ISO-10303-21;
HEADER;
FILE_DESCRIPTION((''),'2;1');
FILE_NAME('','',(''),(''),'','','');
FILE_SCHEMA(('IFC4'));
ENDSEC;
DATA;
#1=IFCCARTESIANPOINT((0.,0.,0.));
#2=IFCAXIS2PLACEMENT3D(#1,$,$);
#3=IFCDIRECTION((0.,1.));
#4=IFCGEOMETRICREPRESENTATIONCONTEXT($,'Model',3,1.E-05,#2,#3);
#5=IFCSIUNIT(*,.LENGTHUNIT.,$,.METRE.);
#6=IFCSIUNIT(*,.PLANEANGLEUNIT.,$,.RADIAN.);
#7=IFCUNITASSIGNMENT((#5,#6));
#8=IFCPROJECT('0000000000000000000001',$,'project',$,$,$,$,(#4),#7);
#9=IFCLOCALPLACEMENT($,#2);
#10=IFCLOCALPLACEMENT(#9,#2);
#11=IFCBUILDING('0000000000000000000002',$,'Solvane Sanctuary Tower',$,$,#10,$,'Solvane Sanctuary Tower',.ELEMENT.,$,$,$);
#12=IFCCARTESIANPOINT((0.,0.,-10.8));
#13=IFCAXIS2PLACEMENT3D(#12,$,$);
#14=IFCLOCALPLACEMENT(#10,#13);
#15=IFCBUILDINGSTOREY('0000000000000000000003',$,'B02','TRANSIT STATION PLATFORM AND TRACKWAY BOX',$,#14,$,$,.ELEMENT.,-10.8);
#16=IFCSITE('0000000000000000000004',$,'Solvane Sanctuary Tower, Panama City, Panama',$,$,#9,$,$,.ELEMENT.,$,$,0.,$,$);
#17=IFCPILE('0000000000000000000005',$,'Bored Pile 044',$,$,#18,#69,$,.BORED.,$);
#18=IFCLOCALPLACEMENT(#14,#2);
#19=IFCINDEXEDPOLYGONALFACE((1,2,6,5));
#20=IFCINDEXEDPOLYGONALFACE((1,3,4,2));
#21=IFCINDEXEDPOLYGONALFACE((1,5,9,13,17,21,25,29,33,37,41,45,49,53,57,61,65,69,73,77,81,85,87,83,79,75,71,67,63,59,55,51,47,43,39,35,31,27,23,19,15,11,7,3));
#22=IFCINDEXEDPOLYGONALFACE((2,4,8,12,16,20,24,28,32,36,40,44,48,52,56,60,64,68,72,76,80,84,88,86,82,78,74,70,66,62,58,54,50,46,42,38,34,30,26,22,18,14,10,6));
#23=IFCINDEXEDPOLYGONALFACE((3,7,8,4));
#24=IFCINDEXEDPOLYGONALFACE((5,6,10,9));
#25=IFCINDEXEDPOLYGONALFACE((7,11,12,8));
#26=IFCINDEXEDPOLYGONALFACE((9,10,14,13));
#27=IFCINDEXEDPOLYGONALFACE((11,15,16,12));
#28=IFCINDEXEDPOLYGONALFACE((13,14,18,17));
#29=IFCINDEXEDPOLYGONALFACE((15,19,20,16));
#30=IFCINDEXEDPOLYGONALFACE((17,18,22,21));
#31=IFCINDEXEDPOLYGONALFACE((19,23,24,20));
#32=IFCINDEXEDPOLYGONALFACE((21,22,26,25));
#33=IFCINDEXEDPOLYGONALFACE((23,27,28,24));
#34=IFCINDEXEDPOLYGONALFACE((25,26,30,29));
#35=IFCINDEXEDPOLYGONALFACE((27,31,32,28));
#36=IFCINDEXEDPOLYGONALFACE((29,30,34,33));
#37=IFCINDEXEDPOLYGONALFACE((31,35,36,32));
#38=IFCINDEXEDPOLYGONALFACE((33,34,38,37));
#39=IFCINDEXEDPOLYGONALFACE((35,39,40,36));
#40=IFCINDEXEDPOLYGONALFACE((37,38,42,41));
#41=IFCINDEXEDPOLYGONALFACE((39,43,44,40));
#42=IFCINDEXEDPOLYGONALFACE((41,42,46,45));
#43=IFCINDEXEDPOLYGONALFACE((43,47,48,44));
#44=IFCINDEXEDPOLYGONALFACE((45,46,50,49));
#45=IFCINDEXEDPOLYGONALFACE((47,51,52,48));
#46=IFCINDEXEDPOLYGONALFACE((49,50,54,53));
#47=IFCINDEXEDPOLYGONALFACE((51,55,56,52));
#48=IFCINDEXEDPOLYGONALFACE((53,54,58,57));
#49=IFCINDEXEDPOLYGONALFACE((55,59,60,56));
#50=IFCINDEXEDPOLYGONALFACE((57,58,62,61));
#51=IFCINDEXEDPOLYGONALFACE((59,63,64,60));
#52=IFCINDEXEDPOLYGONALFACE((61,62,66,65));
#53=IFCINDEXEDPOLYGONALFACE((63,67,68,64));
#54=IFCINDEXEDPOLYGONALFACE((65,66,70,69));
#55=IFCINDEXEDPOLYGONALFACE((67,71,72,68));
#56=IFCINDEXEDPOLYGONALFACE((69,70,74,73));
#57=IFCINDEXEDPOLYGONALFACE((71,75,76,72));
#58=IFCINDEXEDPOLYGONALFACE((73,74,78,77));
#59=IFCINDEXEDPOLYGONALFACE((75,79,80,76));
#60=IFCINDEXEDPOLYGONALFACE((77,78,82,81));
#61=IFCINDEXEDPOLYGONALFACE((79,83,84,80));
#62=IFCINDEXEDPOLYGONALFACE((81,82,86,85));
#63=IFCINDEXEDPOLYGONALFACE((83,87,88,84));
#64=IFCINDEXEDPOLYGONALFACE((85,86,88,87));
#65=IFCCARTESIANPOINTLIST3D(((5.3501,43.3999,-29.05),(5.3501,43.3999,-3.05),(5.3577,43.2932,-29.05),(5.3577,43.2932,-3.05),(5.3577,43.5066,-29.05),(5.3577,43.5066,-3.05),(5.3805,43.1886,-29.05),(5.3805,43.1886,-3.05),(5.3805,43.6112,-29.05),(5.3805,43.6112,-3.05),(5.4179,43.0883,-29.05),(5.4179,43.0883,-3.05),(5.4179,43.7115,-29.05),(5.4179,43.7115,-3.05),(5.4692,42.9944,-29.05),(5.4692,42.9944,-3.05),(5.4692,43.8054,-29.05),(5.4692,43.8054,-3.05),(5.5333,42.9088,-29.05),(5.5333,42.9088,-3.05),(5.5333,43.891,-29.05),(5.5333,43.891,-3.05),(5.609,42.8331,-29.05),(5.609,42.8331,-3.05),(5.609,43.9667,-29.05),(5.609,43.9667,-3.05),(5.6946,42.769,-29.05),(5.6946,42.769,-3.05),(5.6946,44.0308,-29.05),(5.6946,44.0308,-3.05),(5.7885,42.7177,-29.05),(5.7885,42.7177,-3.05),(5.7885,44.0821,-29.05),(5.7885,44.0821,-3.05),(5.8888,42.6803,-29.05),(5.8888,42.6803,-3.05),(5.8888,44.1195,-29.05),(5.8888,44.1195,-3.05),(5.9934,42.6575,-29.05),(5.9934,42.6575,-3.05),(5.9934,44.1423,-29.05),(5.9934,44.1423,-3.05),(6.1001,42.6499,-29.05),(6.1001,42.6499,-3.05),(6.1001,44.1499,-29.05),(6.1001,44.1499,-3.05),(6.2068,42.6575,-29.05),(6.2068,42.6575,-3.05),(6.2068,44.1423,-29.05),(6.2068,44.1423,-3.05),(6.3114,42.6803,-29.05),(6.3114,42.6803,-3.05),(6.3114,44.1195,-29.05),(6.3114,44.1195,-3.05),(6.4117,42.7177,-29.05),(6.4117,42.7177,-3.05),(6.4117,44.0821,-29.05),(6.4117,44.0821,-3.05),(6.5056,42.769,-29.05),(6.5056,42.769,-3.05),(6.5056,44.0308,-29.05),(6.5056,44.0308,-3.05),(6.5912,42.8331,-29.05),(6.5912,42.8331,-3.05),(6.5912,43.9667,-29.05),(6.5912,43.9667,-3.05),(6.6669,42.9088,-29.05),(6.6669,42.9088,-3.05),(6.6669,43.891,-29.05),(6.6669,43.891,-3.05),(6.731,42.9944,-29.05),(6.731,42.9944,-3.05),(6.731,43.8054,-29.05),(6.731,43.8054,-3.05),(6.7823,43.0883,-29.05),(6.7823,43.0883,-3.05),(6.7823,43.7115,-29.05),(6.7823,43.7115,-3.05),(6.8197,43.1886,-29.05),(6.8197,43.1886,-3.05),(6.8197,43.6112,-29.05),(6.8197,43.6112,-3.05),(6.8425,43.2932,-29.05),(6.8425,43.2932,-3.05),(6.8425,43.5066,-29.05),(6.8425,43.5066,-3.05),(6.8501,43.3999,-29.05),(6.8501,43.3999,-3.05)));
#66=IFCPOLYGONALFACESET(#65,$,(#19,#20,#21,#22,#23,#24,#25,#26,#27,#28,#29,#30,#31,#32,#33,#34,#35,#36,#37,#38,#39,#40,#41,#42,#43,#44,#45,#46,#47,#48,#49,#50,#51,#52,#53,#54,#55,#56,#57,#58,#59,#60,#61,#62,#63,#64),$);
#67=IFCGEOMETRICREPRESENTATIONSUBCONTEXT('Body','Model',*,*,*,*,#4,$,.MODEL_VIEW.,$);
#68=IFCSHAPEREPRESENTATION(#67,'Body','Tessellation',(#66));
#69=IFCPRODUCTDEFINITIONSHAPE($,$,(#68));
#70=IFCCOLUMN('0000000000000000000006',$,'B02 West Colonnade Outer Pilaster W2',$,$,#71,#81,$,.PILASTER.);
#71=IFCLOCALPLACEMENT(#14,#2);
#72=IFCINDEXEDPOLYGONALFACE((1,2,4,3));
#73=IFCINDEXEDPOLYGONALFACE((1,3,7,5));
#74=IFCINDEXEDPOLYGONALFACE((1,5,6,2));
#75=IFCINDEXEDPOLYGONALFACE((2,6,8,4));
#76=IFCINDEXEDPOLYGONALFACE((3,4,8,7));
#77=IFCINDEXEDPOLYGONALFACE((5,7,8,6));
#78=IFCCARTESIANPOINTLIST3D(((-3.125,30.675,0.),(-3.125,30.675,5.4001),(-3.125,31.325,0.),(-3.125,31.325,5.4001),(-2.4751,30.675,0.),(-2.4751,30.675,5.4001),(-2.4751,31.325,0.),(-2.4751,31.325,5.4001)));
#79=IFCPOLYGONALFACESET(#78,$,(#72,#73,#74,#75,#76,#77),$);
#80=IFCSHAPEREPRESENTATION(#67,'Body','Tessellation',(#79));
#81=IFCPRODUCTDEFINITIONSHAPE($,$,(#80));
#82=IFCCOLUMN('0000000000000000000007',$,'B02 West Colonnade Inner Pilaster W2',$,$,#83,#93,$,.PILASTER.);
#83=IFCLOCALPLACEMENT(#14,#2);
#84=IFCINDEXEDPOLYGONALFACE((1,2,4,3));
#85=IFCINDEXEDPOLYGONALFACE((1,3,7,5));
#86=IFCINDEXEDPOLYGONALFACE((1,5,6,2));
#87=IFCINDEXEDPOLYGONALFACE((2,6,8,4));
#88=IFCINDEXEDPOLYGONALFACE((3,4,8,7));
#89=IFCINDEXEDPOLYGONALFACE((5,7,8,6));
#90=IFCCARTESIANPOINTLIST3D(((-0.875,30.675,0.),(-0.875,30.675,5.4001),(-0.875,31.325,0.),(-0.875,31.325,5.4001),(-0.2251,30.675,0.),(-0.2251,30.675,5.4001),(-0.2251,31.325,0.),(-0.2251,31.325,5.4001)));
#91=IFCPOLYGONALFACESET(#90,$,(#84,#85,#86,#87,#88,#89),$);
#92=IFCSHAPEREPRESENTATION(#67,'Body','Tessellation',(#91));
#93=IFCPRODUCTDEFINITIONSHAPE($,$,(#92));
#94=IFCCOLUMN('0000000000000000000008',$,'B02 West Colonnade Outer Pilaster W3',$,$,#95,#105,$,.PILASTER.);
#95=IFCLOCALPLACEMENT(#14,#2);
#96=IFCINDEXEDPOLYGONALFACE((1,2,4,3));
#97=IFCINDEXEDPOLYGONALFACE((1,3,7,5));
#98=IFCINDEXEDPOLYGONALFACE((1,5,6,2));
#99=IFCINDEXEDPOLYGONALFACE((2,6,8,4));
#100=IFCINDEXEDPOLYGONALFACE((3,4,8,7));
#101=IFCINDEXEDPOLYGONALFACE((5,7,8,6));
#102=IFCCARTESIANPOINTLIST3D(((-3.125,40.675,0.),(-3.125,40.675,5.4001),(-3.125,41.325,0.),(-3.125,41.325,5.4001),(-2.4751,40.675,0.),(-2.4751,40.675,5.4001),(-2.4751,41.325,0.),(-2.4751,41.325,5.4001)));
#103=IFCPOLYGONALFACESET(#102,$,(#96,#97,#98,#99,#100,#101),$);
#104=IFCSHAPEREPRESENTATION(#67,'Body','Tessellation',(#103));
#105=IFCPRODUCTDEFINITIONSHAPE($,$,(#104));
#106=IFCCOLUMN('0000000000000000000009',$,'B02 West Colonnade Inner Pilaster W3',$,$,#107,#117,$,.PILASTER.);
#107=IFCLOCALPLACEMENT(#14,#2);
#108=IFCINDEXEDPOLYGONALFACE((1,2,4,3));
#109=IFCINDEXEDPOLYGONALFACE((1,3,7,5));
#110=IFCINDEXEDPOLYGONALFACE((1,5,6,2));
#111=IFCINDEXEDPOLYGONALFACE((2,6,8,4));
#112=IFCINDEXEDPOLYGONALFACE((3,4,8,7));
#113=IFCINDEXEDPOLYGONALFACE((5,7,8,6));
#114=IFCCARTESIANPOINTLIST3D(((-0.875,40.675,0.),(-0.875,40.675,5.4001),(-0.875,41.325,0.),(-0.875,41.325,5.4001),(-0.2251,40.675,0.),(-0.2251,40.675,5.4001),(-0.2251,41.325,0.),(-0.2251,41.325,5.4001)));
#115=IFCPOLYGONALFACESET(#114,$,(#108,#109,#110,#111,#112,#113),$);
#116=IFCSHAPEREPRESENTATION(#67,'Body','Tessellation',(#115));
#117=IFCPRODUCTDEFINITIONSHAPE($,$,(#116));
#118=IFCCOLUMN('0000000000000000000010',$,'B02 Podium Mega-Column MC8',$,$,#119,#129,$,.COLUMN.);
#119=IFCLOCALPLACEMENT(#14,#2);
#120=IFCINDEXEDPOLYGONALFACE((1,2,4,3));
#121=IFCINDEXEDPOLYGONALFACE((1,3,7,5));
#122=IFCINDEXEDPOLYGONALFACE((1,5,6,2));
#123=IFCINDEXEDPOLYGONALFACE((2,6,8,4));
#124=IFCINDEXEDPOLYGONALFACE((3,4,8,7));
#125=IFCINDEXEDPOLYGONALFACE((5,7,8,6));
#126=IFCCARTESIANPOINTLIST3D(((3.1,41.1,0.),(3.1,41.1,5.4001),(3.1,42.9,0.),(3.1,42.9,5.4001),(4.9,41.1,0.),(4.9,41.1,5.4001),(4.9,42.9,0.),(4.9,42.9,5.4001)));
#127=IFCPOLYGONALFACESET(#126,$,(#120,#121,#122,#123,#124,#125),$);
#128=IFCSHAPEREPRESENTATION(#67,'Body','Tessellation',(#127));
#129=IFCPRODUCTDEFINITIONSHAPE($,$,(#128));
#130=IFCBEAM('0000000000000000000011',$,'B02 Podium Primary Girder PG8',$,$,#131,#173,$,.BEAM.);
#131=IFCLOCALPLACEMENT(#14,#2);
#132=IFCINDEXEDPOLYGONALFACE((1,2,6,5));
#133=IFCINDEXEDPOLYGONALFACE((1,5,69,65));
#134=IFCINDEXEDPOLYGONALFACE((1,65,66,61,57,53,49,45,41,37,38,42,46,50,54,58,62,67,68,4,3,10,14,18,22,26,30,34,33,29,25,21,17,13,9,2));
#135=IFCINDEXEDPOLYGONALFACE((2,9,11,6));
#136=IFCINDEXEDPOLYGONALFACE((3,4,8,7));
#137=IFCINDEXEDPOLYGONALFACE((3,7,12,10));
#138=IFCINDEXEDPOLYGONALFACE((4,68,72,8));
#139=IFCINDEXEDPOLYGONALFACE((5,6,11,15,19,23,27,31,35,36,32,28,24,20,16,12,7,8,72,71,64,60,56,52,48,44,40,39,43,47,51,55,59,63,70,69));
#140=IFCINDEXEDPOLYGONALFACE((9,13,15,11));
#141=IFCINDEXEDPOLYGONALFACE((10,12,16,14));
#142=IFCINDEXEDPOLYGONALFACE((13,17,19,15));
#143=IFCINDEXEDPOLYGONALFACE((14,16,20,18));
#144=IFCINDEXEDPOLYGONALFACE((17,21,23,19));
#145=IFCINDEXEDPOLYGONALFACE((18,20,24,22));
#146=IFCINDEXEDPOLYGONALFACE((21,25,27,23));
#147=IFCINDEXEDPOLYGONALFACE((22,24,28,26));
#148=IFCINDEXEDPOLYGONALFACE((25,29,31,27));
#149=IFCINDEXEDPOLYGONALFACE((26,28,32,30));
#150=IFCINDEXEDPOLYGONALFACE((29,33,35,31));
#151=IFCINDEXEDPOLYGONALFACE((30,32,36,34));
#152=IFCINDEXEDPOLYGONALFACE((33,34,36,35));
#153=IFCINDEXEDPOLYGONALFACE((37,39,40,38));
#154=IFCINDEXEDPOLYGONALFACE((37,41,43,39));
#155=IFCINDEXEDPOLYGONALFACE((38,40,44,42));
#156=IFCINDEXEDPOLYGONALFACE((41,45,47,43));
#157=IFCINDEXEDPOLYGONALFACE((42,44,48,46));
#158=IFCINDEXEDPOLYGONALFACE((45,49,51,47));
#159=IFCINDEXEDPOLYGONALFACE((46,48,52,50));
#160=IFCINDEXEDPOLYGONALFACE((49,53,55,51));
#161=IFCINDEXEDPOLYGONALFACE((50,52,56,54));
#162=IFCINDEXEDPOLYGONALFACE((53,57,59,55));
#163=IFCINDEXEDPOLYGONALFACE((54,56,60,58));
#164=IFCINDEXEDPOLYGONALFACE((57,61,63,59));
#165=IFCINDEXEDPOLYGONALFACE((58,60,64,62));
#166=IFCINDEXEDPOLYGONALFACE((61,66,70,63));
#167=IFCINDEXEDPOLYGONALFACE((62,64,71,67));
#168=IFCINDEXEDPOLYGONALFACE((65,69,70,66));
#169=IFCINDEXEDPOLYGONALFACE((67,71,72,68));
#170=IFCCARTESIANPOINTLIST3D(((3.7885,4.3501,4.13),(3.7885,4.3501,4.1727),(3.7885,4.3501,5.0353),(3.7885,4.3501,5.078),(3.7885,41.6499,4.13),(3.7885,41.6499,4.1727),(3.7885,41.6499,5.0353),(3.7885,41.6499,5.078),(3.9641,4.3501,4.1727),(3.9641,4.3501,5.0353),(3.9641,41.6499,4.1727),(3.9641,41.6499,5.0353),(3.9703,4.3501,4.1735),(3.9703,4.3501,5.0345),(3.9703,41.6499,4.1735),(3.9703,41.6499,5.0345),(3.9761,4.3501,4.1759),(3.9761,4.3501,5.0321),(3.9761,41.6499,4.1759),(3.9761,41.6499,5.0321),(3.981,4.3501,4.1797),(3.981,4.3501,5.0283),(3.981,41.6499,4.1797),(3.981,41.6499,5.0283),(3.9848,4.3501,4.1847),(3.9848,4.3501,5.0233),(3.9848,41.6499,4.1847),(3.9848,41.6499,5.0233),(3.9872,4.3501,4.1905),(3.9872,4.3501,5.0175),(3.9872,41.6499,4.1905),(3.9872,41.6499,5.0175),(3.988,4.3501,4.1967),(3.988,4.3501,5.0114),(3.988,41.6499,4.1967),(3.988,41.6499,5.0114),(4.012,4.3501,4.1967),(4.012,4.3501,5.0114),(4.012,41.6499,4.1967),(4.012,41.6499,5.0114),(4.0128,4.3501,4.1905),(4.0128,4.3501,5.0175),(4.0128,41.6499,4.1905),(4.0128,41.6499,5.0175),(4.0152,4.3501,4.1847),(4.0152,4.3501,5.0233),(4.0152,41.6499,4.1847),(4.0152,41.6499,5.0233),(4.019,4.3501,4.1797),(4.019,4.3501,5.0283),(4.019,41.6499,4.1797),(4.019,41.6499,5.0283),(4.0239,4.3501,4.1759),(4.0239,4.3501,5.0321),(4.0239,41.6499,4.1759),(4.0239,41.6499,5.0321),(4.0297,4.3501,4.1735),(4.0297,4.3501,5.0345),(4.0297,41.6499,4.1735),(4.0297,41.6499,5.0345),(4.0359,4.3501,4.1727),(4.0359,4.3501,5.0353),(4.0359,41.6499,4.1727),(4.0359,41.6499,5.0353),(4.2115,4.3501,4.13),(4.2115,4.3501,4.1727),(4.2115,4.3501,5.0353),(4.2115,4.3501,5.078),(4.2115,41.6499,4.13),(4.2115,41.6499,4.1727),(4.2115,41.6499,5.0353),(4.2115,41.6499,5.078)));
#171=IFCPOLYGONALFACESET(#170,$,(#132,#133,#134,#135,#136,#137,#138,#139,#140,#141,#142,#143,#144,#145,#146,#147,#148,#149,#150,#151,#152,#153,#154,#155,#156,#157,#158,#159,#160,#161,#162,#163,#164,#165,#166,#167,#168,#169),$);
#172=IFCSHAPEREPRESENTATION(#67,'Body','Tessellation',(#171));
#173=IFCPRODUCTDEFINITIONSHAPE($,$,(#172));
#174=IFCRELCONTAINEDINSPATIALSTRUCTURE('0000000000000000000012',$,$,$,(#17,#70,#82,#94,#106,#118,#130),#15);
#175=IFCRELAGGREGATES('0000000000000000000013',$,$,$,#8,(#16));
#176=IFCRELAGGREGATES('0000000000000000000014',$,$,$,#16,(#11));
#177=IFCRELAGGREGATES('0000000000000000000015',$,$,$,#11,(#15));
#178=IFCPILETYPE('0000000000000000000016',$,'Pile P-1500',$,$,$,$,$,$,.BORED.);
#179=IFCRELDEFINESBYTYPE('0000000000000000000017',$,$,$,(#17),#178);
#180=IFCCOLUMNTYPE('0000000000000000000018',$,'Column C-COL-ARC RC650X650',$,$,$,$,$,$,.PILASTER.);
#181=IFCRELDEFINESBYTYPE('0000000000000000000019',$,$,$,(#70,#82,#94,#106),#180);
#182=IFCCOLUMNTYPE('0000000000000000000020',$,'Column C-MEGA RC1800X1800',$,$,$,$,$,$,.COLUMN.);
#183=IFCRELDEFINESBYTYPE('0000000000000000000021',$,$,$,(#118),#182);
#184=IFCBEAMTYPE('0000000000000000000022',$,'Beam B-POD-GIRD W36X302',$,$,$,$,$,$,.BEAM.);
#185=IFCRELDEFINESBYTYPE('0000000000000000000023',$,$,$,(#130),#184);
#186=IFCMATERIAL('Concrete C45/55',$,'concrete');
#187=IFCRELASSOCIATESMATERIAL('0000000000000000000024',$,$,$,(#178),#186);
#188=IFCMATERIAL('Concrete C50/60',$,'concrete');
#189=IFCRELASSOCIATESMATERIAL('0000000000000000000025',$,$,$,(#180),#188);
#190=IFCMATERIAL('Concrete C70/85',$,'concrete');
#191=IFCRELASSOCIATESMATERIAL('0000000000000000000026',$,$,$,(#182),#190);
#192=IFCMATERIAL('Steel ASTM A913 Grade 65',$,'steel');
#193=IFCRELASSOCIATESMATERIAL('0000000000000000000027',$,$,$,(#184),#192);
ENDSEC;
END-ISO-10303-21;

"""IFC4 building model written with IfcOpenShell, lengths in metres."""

from ifc_helpers import new_model, si_unit, direction, frame, origin, origin_2d, place, context, subcontext, project, spatial, rectangle, circle, i_section, extrude, material, material_profile, profile_set, type_object, element, save


model = new_model("IFC4")

# Units and contexts
model_context = context("Model", 3, precision=1e-05, world=origin(), true_north=direction((0.0, 1.0)))
body_context = subcontext(model_context, "Body", "Model", "MODEL_VIEW")
ifc_project = project(units=[si_unit("LENGTHUNIT", "METRE"), si_unit("PLANEANGLEUNIT", "RADIAN")], contexts=[model_context])

# Site, building, storey
site_placement = place(None, origin())
site = spatial("IfcSite", under=ifc_project, at=site_placement, Name="Solvane Sanctuary Tower, Panama City, Panama", CompositionType="ELEMENT", RefElevation=0.0)
building_placement = place(site_placement, origin())
building = spatial("IfcBuilding", under=site, at=building_placement, Name="Solvane Sanctuary Tower", LongName="Solvane Sanctuary Tower", CompositionType="ELEMENT")
storey_placement = place(building_placement, frame((0.0, 0.0, -10.8)))
storey = spatial("IfcBuildingStorey", under=building, at=storey_placement, Name="B02", Description="TRANSIT STATION PLATFORM AND TRACKWAY BOX", CompositionType="ELEMENT", Elevation=-10.8)

# Shared definitions
ifc_material_1 = material(Name="Concrete C50/60", Category="concrete")

# Pile
ifc_material_2 = material(Name="Concrete C45/55", Category="concrete")
ifc_material_profile_1 = material_profile(ifc_material_2, circle(Radius=0.75, at=origin_2d()), Name="PILE1500")
ifc_profile_set_1 = profile_set([ifc_material_profile_1], Name="Concrete C45/55")
pile_type_1 = type_object("IfcPileType", Name="Pile P-1500", PredefinedType="BORED", material=ifc_profile_set_1)
for number, where, z_axis, x_axis, name in (
    (1, (6.1001, 43.3999, -3.05), (0.0, 0.0, -1.0), (1.0, 0.0, 0.0), "Bored Pile 044"),
):
    element("IfcPile", number, at=place(storey_placement, frame(where, z_axis=z_axis, x_axis=x_axis)), inside=storey, type_object=pile_type_1, Name=name, PredefinedType="BORED", context=body_context, shape_type="SweptSolid", body=[
        extrude(circle(Radius=0.75, at=origin_2d()), origin(), (0.0, 0.0, 1.0), 26.0),
    ])

# Columns
ifc_material_profile_2 = material_profile(ifc_material_1, rectangle(XDim=0.6499, YDim=0.6499, at=origin_2d()), Name="RC650X650")
ifc_profile_set_2 = profile_set([ifc_material_profile_2], Name="Concrete C50/60")
column_type_1 = type_object("IfcColumnType", Name="Column C-COL-ARC RC650X650", PredefinedType="PILASTER", material=ifc_profile_set_2)
for number, where, z_axis, x_axis, name in (
    (2, (-2.8, 31.0, 0.0), (0.0, 0.0, 1.0), (1.0, 0.0, 0.0), "B02 West Colonnade Outer Pilaster W2"),
    (3, (-0.55, 31.0, 0.0), (0.0, 0.0, 1.0), (1.0, 0.0, 0.0), "B02 West Colonnade Inner Pilaster W2"),
    (4, (-2.8, 41.0, 0.0), (0.0, 0.0, 1.0), (1.0, 0.0, 0.0), "B02 West Colonnade Outer Pilaster W3"),
    (5, (-0.55, 41.0, 0.0), (0.0, 0.0, 1.0), (1.0, 0.0, 0.0), "B02 West Colonnade Inner Pilaster W3"),
):
    element("IfcColumn", number, at=place(storey_placement, frame(where, z_axis=z_axis, x_axis=x_axis)), inside=storey, type_object=column_type_1, Name=name, PredefinedType="PILASTER", context=body_context, shape_type="SweptSolid", body=[
        extrude(rectangle(XDim=0.6499, YDim=0.6499, at=origin_2d()), origin(), (0.0, 0.0, 1.0), 5.4001),
    ])
ifc_material_3 = material(Name="Concrete C70/85", Category="concrete")
ifc_material_profile_3 = material_profile(ifc_material_3, rectangle(XDim=1.8, YDim=1.8, at=origin_2d()), Name="RC1800X1800")
ifc_profile_set_3 = profile_set([ifc_material_profile_3], Name="Concrete C70/85")
column_type_2 = type_object("IfcColumnType", Name="Column C-MEGA RC1800X1800", PredefinedType="COLUMN", material=ifc_profile_set_3)
column_placement = place(storey_placement, frame((4.0, 42.0, 0.0), z_axis=(0.0, 0.0, 1.0), x_axis=(1.0, 0.0, 0.0)))
element("IfcColumn", 6, at=column_placement, inside=storey, type_object=column_type_2, Name="B02 Podium Mega-Column MC8", PredefinedType="COLUMN", context=body_context, shape_type="SweptSolid", body=[
    extrude(rectangle(XDim=1.8, YDim=1.8, at=origin_2d()), origin(), (0.0, 0.0, 1.0), 5.4001),
])

# Beam
ifc_material_4 = material(Name="Steel ASTM A913 Grade 65", Category="steel")
ifc_material_profile_4 = material_profile(ifc_material_4, i_section(OverallWidth=0.4231, OverallDepth=0.948, WebThickness=0.0239, FlangeThickness=0.0427, FilletRadius=0.0239, at=origin_2d()), Name="W36X302")
ifc_profile_set_4 = profile_set([ifc_material_profile_4], Name="Steel ASTM A913 Grade 65")
beam_type = type_object("IfcBeamType", Name="Beam B-POD-GIRD W36X302", PredefinedType="BEAM", material=ifc_profile_set_4)
beam_1_placement = place(storey_placement, frame((4.0, 41.6499, 4.604), z_axis=(0.0, -1.0, 0.0), x_axis=(1.0, 0.0, 0.0)))
element("IfcBeam", 7, at=beam_1_placement, inside=storey, type_object=beam_type, Name="B02 Podium Primary Girder PG8", PredefinedType="BEAM", context=body_context, shape_type="SweptSolid", body=[
    extrude(i_section(OverallWidth=0.4231, OverallDepth=0.948, WebThickness=0.0239, FlangeThickness=0.0427, FilletRadius=0.0239, at=origin_2d()), origin(), (0.0, 0.0, 1.0), 37.2998),
])

save(model, "model.ifc")
